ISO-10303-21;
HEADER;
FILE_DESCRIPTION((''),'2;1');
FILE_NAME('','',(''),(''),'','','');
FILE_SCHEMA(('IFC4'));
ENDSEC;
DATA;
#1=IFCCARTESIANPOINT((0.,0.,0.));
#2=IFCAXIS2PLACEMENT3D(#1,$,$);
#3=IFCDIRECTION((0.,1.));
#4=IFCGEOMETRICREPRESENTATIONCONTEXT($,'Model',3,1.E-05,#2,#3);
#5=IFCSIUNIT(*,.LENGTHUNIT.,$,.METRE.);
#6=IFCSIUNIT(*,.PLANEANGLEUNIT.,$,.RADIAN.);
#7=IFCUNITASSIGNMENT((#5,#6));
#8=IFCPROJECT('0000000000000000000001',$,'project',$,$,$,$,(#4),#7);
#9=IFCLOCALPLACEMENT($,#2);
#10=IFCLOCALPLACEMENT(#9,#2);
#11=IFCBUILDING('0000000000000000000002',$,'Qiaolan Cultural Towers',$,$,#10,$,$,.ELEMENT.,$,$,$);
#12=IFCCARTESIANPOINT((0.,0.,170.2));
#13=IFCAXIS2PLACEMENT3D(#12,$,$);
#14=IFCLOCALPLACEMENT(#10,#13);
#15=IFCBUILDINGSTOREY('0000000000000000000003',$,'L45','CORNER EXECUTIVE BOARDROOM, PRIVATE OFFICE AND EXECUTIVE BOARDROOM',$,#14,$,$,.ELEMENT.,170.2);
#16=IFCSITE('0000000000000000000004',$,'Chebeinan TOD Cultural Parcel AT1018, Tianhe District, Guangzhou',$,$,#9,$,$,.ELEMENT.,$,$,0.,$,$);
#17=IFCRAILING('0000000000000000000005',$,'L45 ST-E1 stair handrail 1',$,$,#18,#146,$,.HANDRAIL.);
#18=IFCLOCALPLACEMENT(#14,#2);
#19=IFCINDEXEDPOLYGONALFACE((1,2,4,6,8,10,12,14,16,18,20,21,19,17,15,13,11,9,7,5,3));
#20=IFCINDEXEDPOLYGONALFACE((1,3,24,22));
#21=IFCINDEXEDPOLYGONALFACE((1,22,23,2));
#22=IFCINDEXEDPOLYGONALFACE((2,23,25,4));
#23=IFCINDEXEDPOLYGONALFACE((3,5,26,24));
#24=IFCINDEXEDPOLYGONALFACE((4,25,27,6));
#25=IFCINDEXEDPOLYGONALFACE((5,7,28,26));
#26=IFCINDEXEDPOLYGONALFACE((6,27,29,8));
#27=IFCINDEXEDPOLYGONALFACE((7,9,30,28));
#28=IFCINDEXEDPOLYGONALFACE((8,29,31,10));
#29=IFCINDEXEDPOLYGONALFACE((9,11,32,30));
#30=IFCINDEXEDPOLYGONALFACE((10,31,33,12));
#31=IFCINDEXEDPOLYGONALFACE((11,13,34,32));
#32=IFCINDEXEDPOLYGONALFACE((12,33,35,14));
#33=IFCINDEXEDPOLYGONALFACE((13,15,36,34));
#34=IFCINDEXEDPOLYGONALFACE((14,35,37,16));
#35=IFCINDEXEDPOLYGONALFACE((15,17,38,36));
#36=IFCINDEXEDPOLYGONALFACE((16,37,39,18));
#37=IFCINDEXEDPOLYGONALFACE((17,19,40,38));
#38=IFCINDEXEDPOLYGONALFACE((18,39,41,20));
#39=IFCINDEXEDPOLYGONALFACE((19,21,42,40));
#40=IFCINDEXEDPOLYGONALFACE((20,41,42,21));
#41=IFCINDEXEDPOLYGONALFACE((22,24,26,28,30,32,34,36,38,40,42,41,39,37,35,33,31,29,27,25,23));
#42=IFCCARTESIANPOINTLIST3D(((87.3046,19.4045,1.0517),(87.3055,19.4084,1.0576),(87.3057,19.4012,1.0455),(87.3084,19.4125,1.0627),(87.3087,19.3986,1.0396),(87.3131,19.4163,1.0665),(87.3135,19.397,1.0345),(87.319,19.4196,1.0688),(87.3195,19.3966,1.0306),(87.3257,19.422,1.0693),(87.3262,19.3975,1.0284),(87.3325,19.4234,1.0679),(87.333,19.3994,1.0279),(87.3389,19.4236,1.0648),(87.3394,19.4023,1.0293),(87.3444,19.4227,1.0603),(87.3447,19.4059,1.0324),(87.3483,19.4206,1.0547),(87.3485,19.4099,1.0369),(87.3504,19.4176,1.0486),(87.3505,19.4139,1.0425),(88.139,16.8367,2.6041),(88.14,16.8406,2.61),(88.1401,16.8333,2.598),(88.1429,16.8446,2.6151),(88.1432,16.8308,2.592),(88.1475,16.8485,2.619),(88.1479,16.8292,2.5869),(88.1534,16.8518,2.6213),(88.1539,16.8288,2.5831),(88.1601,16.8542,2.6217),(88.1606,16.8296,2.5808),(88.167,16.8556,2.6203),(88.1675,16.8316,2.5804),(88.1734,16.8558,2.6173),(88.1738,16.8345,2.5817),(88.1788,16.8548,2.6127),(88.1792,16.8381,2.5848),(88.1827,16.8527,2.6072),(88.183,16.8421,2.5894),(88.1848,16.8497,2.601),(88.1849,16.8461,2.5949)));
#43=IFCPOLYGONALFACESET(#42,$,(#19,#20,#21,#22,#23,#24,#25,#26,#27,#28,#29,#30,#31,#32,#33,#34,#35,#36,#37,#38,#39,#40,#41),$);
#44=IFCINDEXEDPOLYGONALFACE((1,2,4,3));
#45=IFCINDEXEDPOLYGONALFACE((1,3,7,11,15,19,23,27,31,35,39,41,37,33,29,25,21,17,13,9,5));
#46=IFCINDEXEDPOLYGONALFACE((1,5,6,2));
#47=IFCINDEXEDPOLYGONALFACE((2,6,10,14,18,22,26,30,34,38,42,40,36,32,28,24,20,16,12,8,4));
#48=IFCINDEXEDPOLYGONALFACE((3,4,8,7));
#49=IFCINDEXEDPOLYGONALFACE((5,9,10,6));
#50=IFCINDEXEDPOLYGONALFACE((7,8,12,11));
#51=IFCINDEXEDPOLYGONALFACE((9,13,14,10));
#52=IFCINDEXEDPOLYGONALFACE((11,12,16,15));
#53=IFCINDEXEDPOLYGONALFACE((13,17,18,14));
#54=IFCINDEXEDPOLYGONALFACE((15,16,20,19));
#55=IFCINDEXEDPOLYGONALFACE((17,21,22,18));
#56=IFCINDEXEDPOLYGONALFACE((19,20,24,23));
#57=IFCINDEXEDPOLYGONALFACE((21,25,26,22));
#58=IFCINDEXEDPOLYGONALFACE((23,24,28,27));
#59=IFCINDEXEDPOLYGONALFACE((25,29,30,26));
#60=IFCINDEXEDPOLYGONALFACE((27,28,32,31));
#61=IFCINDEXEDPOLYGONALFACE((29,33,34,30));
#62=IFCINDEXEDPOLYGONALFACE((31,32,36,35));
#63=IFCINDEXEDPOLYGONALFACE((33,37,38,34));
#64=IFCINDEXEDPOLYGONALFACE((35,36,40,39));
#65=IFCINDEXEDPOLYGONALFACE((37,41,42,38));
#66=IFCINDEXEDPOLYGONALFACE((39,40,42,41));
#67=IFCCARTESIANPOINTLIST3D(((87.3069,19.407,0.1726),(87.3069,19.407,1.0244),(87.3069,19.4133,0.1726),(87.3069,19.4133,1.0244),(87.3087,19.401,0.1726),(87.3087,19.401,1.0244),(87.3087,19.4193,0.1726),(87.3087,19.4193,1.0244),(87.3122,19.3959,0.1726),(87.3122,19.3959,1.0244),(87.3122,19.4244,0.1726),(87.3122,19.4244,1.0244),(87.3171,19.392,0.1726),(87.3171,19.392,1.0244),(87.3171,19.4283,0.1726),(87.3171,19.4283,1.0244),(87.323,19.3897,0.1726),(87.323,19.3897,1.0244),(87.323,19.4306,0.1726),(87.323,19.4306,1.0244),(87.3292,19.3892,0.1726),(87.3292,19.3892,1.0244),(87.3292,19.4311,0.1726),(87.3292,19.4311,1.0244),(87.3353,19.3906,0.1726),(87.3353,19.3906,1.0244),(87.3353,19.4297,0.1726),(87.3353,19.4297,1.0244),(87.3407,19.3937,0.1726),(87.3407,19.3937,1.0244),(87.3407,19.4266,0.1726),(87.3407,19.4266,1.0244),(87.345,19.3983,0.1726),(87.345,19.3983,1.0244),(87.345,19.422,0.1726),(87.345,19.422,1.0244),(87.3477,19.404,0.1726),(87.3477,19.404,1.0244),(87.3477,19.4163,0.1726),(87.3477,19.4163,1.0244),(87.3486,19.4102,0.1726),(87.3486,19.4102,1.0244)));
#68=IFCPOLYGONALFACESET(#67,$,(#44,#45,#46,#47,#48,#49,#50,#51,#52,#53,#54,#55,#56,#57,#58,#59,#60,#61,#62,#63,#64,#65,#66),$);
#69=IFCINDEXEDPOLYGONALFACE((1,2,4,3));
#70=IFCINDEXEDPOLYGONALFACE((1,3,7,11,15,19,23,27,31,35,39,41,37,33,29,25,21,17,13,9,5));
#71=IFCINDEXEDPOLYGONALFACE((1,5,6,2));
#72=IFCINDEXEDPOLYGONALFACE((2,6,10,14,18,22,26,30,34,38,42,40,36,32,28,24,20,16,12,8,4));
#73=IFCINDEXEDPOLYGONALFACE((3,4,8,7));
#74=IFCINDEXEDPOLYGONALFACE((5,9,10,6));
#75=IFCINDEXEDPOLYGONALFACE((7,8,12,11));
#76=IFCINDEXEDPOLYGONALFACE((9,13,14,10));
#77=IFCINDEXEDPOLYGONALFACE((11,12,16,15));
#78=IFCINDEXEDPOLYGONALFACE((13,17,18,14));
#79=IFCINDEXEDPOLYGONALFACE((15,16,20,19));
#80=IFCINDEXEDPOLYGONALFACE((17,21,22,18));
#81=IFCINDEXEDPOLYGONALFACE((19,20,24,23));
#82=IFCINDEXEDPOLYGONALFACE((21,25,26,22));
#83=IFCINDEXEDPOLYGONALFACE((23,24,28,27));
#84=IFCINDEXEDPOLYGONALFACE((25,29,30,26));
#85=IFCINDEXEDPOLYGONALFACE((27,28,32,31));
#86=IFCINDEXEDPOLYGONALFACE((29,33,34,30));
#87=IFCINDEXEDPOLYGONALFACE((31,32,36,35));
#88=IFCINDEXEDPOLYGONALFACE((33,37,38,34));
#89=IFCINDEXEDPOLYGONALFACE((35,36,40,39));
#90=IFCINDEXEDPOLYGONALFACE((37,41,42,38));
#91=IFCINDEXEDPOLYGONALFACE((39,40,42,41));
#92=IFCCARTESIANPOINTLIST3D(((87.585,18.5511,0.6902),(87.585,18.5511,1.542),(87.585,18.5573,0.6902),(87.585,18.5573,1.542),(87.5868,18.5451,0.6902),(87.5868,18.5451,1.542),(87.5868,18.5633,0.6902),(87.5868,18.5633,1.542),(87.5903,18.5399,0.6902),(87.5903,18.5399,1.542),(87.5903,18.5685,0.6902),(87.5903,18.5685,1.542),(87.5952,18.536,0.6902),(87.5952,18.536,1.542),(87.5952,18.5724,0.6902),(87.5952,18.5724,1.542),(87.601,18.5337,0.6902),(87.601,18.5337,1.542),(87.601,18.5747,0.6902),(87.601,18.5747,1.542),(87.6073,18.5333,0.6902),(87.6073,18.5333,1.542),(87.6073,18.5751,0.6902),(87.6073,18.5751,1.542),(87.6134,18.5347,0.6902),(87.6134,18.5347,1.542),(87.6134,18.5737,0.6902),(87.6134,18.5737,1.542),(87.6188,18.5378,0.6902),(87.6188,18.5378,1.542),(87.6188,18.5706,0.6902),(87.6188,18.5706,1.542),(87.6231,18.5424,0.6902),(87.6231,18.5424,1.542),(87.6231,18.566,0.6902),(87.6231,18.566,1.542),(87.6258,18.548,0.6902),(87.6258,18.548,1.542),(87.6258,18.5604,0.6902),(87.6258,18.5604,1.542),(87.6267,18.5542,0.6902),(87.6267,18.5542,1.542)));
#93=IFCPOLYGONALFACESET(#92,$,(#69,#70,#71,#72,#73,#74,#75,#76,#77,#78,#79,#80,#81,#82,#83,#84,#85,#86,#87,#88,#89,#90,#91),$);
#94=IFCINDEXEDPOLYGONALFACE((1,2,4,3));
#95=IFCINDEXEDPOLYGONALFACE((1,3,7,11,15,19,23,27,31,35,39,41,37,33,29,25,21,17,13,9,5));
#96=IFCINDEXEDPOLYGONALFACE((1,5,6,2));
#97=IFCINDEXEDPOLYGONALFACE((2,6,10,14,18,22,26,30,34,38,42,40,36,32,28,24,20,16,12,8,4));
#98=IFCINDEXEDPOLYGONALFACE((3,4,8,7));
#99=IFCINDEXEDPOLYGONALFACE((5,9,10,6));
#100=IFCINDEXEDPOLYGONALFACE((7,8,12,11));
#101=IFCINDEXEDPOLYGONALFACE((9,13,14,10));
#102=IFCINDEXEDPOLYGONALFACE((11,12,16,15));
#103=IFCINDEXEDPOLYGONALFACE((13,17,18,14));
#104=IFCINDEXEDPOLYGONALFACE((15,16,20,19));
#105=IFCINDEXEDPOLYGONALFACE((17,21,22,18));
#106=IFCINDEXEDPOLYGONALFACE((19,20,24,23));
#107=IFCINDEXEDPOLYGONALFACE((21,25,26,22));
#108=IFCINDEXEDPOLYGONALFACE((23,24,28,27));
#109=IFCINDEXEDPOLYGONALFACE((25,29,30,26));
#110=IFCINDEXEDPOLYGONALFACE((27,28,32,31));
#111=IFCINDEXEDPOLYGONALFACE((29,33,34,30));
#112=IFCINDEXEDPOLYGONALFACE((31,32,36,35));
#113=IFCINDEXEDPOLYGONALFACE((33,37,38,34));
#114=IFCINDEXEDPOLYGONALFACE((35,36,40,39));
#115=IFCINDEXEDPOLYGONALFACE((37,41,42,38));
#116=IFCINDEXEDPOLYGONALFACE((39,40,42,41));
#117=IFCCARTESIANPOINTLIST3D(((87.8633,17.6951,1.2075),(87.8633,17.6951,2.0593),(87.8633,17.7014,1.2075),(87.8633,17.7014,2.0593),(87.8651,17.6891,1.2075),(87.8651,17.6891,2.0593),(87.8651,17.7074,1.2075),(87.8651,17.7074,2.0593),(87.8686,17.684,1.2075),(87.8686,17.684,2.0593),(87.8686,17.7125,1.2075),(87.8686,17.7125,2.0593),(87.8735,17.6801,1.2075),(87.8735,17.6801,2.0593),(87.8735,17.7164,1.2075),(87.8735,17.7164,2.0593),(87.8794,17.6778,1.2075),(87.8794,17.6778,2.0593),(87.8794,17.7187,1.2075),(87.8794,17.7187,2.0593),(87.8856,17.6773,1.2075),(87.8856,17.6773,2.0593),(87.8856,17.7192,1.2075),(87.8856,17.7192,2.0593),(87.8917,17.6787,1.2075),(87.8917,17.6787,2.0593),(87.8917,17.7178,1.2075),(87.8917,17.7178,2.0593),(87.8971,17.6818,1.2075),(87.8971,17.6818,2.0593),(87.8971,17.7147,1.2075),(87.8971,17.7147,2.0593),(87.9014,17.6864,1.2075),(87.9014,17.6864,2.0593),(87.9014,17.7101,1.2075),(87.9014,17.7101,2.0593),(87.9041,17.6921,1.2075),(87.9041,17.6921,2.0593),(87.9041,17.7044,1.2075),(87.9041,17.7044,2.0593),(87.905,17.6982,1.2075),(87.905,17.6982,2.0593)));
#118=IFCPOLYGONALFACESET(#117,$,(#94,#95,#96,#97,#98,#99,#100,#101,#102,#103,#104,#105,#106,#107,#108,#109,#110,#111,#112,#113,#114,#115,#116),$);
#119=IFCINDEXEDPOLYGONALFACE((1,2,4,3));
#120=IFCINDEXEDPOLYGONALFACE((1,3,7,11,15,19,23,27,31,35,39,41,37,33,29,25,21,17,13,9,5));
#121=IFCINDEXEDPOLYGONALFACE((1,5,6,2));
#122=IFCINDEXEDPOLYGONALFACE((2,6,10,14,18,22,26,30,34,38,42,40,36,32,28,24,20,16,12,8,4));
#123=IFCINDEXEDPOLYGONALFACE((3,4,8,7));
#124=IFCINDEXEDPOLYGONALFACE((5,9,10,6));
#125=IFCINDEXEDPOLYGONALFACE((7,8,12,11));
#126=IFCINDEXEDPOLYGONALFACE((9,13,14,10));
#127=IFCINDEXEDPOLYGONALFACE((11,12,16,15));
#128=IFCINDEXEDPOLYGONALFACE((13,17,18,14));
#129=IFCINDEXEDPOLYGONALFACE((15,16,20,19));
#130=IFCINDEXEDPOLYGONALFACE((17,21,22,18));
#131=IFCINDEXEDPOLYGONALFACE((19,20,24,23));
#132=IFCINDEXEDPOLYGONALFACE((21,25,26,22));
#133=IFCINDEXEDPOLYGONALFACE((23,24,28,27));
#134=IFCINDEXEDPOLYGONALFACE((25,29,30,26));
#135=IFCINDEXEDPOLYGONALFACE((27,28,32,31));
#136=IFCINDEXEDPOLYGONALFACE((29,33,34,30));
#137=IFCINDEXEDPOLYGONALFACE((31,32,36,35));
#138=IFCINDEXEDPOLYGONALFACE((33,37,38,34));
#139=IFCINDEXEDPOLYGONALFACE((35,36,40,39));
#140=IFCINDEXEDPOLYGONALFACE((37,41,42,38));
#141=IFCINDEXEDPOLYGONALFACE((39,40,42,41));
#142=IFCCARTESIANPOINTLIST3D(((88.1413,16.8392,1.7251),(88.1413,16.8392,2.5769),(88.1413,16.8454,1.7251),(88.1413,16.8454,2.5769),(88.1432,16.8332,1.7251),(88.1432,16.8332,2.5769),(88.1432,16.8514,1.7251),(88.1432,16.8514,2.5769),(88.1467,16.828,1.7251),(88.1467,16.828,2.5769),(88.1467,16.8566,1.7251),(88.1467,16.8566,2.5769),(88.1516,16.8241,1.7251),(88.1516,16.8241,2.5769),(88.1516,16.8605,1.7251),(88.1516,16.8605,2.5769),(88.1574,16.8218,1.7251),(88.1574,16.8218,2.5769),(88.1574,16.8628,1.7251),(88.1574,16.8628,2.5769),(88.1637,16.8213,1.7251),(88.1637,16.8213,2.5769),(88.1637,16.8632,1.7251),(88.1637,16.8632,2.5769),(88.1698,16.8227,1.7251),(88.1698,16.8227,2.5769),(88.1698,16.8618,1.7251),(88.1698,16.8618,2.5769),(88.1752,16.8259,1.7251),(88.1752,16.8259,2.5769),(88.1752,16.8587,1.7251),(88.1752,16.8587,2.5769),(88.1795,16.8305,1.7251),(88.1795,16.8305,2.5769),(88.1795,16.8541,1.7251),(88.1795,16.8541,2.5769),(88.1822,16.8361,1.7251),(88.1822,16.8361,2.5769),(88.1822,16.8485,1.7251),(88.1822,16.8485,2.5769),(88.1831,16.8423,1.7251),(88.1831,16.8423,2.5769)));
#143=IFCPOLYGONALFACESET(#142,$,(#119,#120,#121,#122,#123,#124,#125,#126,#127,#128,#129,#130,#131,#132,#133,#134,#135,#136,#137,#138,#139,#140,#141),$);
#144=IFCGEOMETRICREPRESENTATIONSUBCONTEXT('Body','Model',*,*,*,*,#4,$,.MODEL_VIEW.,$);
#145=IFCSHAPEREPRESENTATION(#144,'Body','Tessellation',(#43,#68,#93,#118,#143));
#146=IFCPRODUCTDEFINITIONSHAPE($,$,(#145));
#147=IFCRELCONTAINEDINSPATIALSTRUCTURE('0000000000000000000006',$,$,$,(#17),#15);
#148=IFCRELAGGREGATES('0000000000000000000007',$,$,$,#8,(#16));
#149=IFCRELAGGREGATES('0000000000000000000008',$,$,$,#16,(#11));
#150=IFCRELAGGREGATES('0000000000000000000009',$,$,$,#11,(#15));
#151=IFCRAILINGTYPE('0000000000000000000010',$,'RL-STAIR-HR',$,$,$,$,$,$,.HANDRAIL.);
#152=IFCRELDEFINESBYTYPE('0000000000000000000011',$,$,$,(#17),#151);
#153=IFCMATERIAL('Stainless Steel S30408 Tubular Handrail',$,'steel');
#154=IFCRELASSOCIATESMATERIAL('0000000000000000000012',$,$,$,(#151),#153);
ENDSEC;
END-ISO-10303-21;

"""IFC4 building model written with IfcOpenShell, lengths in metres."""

from ifc_helpers import new_model, si_unit, direction, frame, origin, origin_2d, place, context, subcontext, project, spatial, circle, extrude, material, type_object, element, save


model = new_model("IFC4")

# Units and contexts
model_context = context("Model", 3, precision=1e-05, world=origin(), true_north=direction((0.0, 1.0)))
body_context = subcontext(model_context, "Body", "Model", "MODEL_VIEW")
ifc_project = project(units=[si_unit("LENGTHUNIT", "METRE"), si_unit("PLANEANGLEUNIT", "RADIAN")], contexts=[model_context])

# Site, building, storey
site_placement = place(None, origin())
site = spatial("IfcSite", under=ifc_project, at=site_placement, Name="Chebeinan TOD Cultural Parcel AT1018, Tianhe District, Guangzhou", CompositionType="ELEMENT", RefElevation=0.0)
building_placement = place(site_placement, origin())
building = spatial("IfcBuilding", under=site, at=building_placement, Name="Qiaolan Cultural Towers", CompositionType="ELEMENT")
storey_placement = place(building_placement, frame((0.0, 0.0, 170.2)))
storey = spatial("IfcBuildingStorey", under=building, at=storey_placement, Name="L45", Description="CORNER EXECUTIVE BOARDROOM, PRIVATE OFFICE AND EXECUTIVE BOARDROOM", CompositionType="ELEMENT", Elevation=170.2)

# Railing
ifc_material_1 = material(Name="Stainless Steel S30408 Tubular Handrail", Category="steel")
railing_type_1 = type_object("IfcRailingType", Name="RL-STAIR-HR", PredefinedType="HANDRAIL", material=ifc_material_1)
railing_1_placement = place(storey_placement, frame((87.3276, 19.4102, 0.1726)))
element("IfcRailing", 1, at=railing_1_placement, inside=storey, type_object=railing_type_1, Name="L45 ST-E1 stair handrail 1", PredefinedType="HANDRAIL", context=body_context, shape_type="SweptSolid", body=[
    extrude(circle(Radius=0.0239, at=origin_2d()), frame((0.0, 0.0, 0.876), z_axis=(0.267926, -0.824471, 0.498461), x_axis=(0.951043, 0.309057, 0.0)), (0.0, 0.0, 1.0), 3.1145),
    extrude(circle(Radius=0.021, at=origin_2d()), origin(), (0.0, 0.0, 1.0), 0.8518),
    extrude(circle(Radius=0.021, at=origin_2d()), frame((0.2781, -0.856, 0.5176)), (0.0, 0.0, 1.0), 0.8518),
    extrude(circle(Radius=0.021, at=origin_2d()), frame((0.5564, -1.7119, 1.0349)), (0.0, 0.0, 1.0), 0.8518),
    extrude(circle(Radius=0.021, at=origin_2d()), frame((0.8345, -2.5679, 1.5525)), (0.0, 0.0, 1.0), 0.8518),
])

save(model, "model.ifc")
